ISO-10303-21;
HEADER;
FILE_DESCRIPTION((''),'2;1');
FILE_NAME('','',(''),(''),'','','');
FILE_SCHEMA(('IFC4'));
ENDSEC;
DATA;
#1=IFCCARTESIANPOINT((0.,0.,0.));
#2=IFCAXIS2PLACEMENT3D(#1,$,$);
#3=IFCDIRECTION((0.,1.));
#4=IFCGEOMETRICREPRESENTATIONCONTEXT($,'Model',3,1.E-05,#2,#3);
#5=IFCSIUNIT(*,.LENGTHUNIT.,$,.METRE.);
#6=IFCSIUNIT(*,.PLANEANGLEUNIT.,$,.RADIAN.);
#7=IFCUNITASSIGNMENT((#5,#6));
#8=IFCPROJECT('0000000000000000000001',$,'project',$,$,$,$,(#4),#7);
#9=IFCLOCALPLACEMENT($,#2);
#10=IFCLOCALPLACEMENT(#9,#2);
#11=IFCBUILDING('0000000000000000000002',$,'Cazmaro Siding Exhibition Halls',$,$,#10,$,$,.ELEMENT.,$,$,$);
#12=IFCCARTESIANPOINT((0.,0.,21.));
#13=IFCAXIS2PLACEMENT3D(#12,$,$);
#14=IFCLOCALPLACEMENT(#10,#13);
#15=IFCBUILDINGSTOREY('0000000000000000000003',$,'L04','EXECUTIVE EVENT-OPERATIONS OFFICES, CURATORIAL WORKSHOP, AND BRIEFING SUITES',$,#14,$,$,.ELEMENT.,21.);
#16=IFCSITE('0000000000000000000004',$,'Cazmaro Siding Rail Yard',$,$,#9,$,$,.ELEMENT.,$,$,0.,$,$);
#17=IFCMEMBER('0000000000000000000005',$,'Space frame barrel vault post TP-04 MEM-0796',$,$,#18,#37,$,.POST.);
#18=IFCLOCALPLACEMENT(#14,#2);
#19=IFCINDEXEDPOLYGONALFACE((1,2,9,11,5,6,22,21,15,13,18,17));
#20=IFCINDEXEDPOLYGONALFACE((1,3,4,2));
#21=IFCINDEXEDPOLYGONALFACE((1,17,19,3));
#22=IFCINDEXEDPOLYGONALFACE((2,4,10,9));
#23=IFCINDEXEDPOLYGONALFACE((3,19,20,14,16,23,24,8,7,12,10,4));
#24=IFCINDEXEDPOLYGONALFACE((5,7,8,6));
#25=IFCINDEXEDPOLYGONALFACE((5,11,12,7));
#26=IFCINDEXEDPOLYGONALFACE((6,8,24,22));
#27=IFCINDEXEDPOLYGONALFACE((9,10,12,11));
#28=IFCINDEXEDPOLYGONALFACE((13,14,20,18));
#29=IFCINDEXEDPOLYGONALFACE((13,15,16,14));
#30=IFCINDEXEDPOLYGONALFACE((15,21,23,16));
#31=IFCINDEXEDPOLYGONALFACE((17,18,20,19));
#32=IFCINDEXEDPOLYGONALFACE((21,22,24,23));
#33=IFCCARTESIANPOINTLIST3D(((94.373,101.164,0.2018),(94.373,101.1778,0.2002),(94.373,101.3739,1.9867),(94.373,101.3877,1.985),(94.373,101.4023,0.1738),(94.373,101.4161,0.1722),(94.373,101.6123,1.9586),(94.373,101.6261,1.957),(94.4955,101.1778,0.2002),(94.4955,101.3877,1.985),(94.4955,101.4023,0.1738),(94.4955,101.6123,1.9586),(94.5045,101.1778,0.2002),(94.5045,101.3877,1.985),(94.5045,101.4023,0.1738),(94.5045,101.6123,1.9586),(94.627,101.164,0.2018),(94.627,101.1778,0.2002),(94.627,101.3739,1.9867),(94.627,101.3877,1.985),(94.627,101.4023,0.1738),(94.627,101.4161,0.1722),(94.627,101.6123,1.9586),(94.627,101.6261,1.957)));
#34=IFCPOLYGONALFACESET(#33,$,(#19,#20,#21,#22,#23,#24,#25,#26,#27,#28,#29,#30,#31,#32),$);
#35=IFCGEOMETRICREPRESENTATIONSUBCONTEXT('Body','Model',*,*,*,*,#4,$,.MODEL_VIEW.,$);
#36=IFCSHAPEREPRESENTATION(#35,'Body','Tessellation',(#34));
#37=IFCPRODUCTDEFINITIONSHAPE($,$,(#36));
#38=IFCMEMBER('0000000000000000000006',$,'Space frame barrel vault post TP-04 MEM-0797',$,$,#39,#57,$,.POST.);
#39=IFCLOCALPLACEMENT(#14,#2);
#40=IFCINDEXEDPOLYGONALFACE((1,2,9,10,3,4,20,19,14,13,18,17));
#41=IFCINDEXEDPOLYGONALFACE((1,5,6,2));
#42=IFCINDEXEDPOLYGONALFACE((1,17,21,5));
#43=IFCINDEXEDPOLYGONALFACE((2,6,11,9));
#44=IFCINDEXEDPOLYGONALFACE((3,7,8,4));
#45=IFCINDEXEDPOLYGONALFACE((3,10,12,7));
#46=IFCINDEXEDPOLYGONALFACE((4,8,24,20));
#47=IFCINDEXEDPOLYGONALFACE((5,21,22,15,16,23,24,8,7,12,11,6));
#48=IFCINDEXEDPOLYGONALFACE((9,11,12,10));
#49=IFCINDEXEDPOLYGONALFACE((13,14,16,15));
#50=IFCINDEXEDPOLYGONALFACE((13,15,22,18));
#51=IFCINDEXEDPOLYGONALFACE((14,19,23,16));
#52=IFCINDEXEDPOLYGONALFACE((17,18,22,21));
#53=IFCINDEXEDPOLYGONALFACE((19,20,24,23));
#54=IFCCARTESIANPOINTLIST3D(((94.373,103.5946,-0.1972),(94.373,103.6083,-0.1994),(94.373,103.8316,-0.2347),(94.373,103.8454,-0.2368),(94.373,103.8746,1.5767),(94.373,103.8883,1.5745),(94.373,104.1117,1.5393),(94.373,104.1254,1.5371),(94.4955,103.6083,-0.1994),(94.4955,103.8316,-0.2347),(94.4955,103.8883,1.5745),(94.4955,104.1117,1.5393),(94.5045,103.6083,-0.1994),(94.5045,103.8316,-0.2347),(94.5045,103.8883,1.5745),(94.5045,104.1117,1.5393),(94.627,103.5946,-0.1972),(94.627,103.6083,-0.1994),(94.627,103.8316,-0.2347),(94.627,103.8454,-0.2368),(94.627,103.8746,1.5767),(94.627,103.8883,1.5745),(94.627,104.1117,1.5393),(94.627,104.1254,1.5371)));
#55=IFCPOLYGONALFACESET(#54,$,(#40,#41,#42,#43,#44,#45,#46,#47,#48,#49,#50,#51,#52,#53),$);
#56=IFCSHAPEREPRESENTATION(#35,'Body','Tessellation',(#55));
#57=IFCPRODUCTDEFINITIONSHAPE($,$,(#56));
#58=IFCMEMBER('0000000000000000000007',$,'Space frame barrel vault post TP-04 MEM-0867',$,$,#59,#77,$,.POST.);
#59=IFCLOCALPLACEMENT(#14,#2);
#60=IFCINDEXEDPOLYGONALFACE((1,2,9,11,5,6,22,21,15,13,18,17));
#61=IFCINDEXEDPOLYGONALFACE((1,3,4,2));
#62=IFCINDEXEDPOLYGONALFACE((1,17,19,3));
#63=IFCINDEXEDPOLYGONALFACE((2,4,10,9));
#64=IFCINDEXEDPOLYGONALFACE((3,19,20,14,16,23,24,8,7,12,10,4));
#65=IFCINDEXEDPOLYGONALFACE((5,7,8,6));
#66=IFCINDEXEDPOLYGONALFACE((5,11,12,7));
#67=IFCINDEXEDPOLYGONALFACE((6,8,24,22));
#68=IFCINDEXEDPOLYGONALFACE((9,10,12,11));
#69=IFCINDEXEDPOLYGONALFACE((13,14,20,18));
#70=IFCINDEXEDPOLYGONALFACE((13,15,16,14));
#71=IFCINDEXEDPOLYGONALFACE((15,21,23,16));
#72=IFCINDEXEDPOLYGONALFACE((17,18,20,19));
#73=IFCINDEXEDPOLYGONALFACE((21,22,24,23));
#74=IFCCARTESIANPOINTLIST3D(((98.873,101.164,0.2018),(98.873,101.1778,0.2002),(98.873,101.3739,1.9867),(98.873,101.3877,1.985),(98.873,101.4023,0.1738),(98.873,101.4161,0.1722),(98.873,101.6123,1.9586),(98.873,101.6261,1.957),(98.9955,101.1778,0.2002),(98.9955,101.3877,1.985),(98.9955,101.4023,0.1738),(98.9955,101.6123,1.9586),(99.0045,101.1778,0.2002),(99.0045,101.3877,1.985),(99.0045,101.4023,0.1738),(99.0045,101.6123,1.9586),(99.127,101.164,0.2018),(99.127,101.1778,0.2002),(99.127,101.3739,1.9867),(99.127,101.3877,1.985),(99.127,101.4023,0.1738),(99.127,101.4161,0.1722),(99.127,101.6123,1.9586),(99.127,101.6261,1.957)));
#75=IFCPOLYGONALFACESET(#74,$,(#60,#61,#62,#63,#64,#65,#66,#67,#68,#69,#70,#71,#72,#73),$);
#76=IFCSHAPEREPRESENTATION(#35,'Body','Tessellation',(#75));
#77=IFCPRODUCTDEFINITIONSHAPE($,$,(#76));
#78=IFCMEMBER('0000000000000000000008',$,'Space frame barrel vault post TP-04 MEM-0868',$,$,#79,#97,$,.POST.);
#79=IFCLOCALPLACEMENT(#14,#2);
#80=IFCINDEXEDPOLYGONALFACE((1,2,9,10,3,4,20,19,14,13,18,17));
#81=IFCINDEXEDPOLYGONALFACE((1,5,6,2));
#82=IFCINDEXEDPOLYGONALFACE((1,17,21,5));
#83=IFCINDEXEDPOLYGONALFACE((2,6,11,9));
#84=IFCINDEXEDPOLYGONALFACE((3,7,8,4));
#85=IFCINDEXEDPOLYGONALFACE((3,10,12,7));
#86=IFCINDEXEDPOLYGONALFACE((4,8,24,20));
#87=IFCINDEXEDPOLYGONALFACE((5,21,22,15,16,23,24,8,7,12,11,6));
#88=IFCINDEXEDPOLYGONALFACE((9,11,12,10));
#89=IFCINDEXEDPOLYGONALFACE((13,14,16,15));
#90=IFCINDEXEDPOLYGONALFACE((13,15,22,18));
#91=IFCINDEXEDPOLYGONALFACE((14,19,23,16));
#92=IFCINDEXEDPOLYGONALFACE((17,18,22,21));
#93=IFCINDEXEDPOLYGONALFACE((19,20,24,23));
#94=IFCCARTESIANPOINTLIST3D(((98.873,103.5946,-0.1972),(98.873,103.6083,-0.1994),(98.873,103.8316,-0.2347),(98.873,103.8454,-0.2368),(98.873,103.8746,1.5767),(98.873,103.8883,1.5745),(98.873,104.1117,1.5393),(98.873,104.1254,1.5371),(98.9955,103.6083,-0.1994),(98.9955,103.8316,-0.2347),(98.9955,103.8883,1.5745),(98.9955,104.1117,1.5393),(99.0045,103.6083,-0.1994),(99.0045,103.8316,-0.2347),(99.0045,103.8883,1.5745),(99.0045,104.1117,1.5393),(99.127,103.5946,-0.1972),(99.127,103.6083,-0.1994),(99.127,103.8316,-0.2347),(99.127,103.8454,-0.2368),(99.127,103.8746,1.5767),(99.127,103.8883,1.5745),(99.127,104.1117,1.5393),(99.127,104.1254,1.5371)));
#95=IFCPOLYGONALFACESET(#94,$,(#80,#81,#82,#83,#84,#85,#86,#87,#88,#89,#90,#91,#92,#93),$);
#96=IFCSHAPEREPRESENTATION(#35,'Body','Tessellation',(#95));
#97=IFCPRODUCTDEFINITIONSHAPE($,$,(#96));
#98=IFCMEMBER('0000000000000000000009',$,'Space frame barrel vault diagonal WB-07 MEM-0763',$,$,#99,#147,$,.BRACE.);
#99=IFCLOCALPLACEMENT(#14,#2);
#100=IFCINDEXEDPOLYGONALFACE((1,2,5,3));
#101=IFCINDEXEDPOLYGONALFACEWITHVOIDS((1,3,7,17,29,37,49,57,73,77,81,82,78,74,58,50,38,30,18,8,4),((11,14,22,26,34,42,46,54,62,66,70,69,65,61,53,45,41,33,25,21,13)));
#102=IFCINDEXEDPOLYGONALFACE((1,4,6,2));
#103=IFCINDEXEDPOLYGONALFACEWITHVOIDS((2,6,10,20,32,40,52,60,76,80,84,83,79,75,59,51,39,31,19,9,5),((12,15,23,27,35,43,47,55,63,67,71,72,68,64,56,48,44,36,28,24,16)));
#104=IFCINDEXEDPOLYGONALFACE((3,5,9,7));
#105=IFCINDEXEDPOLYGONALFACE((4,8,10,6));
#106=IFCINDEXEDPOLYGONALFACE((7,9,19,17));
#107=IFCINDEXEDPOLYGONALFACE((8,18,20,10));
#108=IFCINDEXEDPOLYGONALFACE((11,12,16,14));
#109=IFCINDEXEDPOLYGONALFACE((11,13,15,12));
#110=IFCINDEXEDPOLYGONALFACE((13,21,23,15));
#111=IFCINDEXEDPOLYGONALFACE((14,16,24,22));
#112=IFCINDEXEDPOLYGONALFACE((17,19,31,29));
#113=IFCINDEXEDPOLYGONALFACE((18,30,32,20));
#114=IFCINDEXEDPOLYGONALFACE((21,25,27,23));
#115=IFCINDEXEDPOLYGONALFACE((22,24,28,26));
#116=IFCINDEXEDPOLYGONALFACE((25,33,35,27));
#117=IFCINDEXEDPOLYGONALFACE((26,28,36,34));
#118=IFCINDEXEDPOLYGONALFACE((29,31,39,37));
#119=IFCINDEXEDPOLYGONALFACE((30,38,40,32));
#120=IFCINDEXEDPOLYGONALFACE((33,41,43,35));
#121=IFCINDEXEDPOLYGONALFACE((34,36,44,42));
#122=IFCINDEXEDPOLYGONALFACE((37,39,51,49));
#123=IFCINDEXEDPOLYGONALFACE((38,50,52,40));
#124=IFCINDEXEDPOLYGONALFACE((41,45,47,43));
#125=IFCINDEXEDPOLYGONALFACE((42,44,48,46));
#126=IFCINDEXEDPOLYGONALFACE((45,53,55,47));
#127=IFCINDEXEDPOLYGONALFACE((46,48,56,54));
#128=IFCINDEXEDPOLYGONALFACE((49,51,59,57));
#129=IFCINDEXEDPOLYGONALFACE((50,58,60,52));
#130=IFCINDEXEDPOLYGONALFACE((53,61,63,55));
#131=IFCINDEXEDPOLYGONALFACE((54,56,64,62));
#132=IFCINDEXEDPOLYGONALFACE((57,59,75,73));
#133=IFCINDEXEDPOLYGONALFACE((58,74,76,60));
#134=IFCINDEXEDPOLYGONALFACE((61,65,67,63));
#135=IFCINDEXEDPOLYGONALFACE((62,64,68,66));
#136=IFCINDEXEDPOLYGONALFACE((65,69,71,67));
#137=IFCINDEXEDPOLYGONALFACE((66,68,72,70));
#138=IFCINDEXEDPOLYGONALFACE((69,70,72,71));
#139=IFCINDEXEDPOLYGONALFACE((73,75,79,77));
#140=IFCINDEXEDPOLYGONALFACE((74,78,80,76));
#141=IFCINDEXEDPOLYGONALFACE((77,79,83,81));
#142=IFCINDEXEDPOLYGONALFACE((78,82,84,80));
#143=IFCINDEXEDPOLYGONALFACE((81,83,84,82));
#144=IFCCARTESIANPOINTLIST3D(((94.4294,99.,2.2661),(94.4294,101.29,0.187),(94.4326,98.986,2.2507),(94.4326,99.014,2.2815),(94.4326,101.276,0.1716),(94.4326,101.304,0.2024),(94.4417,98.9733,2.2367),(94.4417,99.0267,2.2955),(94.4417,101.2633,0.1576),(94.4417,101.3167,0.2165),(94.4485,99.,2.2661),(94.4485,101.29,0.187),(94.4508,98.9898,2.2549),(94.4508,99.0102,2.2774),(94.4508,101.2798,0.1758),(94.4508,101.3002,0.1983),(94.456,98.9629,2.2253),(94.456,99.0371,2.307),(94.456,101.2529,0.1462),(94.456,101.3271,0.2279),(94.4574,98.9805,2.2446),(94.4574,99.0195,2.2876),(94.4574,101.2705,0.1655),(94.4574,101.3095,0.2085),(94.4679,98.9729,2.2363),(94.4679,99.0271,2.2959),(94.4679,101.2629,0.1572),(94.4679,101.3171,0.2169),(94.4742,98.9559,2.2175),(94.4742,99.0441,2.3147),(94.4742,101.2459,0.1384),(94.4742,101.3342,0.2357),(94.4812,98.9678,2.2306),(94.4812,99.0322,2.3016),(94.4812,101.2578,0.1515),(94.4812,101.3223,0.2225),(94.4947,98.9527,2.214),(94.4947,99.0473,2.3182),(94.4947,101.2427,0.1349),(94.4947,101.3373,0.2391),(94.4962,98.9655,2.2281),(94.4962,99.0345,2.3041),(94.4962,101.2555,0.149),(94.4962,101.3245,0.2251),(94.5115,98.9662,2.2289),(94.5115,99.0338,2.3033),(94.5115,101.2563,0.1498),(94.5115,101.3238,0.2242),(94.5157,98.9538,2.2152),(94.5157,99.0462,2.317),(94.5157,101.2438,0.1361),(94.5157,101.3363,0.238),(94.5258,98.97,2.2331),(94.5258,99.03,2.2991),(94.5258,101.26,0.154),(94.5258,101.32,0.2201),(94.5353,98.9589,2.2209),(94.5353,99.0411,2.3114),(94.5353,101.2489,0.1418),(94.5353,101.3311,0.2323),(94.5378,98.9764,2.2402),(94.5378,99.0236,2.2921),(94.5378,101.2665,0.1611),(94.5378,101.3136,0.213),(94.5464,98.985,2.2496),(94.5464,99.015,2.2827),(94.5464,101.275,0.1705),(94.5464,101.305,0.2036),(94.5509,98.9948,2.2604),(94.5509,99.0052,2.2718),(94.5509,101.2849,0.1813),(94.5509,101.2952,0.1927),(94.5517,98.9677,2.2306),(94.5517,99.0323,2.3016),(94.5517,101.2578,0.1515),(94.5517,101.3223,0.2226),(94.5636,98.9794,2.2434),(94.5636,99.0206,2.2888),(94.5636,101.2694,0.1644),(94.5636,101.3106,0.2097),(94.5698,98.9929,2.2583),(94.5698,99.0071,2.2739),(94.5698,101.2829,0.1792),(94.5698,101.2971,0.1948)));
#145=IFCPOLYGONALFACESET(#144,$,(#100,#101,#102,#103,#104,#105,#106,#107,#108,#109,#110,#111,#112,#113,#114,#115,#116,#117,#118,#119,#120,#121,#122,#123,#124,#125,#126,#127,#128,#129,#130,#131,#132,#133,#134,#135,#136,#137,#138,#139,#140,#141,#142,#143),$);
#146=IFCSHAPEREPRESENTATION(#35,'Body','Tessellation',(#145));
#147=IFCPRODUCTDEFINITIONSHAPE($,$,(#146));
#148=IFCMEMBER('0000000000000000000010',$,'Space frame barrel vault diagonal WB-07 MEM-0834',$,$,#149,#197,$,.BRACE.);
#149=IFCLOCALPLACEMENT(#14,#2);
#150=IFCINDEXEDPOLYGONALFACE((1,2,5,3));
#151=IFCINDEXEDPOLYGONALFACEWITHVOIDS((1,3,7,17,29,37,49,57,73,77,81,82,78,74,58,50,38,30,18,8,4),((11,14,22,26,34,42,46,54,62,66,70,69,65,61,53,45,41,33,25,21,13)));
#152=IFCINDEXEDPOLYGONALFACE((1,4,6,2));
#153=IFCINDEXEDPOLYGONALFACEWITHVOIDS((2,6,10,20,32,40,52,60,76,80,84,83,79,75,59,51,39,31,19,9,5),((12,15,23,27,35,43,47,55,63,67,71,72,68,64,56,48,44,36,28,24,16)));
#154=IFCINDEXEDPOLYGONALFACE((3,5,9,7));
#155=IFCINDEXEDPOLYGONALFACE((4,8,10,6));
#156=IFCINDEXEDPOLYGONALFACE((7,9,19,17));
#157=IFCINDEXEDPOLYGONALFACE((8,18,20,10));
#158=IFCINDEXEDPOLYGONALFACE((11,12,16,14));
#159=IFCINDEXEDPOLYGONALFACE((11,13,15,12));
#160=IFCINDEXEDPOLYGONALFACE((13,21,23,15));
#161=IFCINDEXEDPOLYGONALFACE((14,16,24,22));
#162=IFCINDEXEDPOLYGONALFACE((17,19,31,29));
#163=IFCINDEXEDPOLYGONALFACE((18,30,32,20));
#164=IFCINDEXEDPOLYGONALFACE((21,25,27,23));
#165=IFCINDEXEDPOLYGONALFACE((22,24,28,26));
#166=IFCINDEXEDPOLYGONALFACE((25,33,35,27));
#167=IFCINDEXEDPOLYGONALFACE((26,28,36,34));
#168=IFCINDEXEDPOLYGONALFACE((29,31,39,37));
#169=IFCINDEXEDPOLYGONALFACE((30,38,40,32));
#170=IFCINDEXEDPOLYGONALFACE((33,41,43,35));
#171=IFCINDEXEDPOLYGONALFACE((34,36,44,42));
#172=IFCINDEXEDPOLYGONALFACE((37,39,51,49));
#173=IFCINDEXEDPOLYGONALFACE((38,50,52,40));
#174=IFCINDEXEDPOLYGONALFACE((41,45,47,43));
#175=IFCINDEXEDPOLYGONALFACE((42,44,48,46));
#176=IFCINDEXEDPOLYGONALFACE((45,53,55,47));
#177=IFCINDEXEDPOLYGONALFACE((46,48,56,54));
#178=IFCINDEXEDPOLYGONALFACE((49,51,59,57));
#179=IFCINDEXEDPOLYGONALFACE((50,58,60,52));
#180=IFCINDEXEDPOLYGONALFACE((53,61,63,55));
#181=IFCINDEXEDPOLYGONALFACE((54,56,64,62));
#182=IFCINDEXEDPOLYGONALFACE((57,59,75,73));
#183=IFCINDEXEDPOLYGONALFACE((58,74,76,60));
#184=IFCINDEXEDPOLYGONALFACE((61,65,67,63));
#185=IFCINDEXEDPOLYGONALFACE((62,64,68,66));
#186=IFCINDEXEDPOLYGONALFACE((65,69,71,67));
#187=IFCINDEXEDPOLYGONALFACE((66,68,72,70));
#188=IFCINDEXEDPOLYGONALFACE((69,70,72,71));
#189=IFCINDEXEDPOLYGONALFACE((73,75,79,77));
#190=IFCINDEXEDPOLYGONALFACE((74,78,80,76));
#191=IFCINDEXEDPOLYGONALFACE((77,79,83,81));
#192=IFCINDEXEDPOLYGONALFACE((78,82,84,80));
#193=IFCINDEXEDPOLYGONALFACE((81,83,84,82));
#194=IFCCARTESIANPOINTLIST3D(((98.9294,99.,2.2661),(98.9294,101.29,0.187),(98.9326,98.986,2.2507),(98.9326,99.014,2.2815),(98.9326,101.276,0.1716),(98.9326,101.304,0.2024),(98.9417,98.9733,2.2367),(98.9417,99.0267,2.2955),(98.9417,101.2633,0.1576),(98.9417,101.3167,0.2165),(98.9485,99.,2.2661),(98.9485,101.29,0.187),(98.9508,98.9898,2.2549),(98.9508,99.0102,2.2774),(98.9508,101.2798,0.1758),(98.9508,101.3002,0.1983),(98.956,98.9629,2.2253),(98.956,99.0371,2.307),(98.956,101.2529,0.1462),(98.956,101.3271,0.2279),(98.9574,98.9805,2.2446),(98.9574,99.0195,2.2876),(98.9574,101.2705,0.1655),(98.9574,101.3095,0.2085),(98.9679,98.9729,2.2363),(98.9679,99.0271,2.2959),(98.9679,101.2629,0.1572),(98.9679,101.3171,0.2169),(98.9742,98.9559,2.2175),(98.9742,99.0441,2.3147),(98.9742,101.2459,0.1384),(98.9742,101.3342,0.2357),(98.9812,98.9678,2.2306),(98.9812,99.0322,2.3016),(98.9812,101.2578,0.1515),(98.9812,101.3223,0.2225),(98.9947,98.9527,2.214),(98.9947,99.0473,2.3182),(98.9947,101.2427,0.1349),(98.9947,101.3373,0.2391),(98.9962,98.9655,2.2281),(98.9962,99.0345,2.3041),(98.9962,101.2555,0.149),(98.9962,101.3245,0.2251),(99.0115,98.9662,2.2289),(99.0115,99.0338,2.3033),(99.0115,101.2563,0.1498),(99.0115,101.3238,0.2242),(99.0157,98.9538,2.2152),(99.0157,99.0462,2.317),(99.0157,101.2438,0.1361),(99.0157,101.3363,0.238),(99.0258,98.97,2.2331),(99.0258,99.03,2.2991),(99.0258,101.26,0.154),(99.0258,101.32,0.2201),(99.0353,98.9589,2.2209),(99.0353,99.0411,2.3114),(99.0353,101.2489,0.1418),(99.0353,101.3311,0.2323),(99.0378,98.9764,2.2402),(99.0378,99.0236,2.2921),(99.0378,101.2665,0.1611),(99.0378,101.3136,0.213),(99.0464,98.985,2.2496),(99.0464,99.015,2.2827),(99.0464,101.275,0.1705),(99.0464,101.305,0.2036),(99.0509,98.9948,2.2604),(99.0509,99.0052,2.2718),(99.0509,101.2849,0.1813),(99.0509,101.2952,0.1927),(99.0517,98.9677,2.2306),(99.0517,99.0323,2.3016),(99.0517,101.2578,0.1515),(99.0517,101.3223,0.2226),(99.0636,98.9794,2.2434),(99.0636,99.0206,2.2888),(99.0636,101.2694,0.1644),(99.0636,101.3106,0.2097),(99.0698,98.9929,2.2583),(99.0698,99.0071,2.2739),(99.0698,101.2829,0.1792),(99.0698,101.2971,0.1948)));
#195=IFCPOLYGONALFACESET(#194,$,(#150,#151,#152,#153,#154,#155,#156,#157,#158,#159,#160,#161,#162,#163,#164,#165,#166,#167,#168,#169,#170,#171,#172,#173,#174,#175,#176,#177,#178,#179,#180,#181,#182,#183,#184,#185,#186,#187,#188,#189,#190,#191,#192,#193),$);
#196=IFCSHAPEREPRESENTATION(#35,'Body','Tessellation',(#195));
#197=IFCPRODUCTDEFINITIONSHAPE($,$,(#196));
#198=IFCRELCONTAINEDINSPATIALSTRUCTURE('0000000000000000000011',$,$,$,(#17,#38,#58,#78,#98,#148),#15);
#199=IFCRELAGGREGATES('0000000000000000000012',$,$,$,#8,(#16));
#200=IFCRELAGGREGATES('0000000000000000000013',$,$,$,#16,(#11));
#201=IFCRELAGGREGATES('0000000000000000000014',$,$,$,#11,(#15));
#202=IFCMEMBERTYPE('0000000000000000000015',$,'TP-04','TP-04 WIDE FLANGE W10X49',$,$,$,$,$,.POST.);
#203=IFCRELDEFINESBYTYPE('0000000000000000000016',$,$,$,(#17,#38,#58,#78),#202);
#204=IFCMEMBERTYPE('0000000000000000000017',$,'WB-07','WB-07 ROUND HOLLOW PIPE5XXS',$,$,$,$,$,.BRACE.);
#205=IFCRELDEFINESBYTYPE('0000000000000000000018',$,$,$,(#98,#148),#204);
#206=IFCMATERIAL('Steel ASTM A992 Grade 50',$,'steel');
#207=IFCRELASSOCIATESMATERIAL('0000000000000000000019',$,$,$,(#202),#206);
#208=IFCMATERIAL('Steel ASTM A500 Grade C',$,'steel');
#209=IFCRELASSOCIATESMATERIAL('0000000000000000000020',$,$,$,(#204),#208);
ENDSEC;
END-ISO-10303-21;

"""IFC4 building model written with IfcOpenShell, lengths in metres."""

from ifc_helpers import new_model, si_unit, direction, frame, origin, origin_2d, place, context, subcontext, project, spatial, hollow_circle, i_section, extrude, material, material_profile, profile_set, type_object, element, save


model = new_model("IFC4")

# Units and contexts
model_context = context("Model", 3, precision=1e-05, world=origin(), true_north=direction((0.0, 1.0)))
body_context = subcontext(model_context, "Body", "Model", "MODEL_VIEW")
ifc_project = project(units=[si_unit("LENGTHUNIT", "METRE"), si_unit("PLANEANGLEUNIT", "RADIAN")], contexts=[model_context])

# Site, building, storey
site_placement = place(None, origin())
site = spatial("IfcSite", under=ifc_project, at=site_placement, Name="Cazmaro Siding Rail Yard", CompositionType="ELEMENT", RefElevation=0.0)
building_placement = place(site_placement, origin())
building = spatial("IfcBuilding", under=site, at=building_placement, Name="Cazmaro Siding Exhibition Halls", CompositionType="ELEMENT")
storey_placement = place(building_placement, frame((0.0, 0.0, 21.0)))
storey = spatial("IfcBuildingStorey", under=building, at=storey_placement, Name="L04", Description="EXECUTIVE EVENT-OPERATIONS OFFICES, CURATORIAL WORKSHOP, AND BRIEFING SUITES", CompositionType="ELEMENT", Elevation=21.0)

# Members
ifc_material_1 = material(Name="Steel ASTM A992 Grade 50", Category="steel")
ifc_material_profile_1 = material_profile(ifc_material_1, i_section(OverallWidth=0.2539, OverallDepth=0.2539, WebThickness=0.009, FlangeThickness=0.0139, at=origin_2d()), Name="W10X49")
ifc_profile_set_1 = profile_set([ifc_material_profile_1], Name="Steel ASTM A992 Grade 50")
member_type_1 = type_object("IfcMemberType", Name="TP-04", Description="TP-04 WIDE FLANGE W10X49", PredefinedType="POST", material=ifc_profile_set_1)
member_1_placement = place(storey_placement, frame((94.5, 101.29, 0.187), z_axis=(0.0, 0.116825, 0.993152), x_axis=(-1.0, 0.0, 0.0)))
element("IfcMember", 1, at=member_1_placement, inside=storey, type_object=member_type_1, Name="Space frame barrel vault post TP-04 MEM-0796", PredefinedType="POST", context=body_context, shape_type="SweptSolid", body=[
    extrude(i_section(OverallWidth=0.2539, OverallDepth=0.2539, WebThickness=0.009, FlangeThickness=0.0139, at=origin_2d()), origin(), (0.0, 0.0, 1.0), 1.7971),
])
member_2_placement = place(storey_placement, frame((94.5, 103.72, -0.217), z_axis=(0.0, 0.155928, 0.987768), x_axis=(-1.0, 0.0, 0.0)))
element("IfcMember", 2, at=member_2_placement, inside=storey, type_object=member_type_1, Name="Space frame barrel vault post TP-04 MEM-0797", PredefinedType="POST", context=body_context, shape_type="SweptSolid", body=[
    extrude(i_section(OverallWidth=0.2539, OverallDepth=0.2539, WebThickness=0.009, FlangeThickness=0.0139, at=origin_2d()), origin(), (0.0, 0.0, 1.0), 1.7959),
])
member_3_placement = place(storey_placement, frame((99.0, 101.29, 0.187), z_axis=(0.0, 0.116825, 0.993152), x_axis=(-1.0, 0.0, 0.0)))
element("IfcMember", 3, at=member_3_placement, inside=storey, type_object=member_type_1, Name="Space frame barrel vault post TP-04 MEM-0867", PredefinedType="POST", context=body_context, shape_type="SweptSolid", body=[
    extrude(i_section(OverallWidth=0.2539, OverallDepth=0.2539, WebThickness=0.009, FlangeThickness=0.0139, at=origin_2d()), origin(), (0.0, 0.0, 1.0), 1.7971),
])
member_4_placement = place(storey_placement, frame((99.0, 103.72, -0.217), z_axis=(0.0, 0.155928, 0.987768), x_axis=(-1.0, 0.0, 0.0)))
element("IfcMember", 4, at=member_4_placement, inside=storey, type_object=member_type_1, Name="Space frame barrel vault post TP-04 MEM-0868", PredefinedType="POST", context=body_context, shape_type="SweptSolid", body=[
    extrude(i_section(OverallWidth=0.2539, OverallDepth=0.2539, WebThickness=0.009, FlangeThickness=0.0139, at=origin_2d()), origin(), (0.0, 0.0, 1.0), 1.7959),
])
ifc_material_2 = material(Name="Steel ASTM A500 Grade C", Category="steel")
ifc_material_profile_2 = material_profile(ifc_material_2, hollow_circle(Radius=0.0706, WallThickness=0.019, at=origin_2d()), Name="PIPE5XXS")
ifc_profile_set_2 = profile_set([ifc_material_profile_2], Name="Steel ASTM A500 Grade C")
member_type_2 = type_object("IfcMemberType", Name="WB-07", Description="WB-07 ROUND HOLLOW PIPE5XXS", PredefinedType="BRACE", material=ifc_profile_set_2)
for number, where, z_axis, x_axis, name in (
    (5, (94.5, 99.0, 2.2661), (0.0, 0.740383, -0.672185), (-1.0, 0.0, 0.0), "Space frame barrel vault diagonal WB-07 MEM-0763"),
    (6, (99.0, 99.0, 2.2661), (0.0, 0.740383, -0.672185), (-1.0, 0.0, 0.0), "Space frame barrel vault diagonal WB-07 MEM-0834"),
):
    element("IfcMember", number, at=place(storey_placement, frame(where, z_axis=z_axis, x_axis=x_axis)), inside=storey, type_object=member_type_2, Name=name, PredefinedType="BRACE", context=body_context, shape_type="SweptSolid", body=[
        extrude(hollow_circle(Radius=0.0706, WallThickness=0.019, at=origin_2d()), origin(), (0.0, 0.0, 1.0), 3.093),
    ])

save(model, "model.ifc")
